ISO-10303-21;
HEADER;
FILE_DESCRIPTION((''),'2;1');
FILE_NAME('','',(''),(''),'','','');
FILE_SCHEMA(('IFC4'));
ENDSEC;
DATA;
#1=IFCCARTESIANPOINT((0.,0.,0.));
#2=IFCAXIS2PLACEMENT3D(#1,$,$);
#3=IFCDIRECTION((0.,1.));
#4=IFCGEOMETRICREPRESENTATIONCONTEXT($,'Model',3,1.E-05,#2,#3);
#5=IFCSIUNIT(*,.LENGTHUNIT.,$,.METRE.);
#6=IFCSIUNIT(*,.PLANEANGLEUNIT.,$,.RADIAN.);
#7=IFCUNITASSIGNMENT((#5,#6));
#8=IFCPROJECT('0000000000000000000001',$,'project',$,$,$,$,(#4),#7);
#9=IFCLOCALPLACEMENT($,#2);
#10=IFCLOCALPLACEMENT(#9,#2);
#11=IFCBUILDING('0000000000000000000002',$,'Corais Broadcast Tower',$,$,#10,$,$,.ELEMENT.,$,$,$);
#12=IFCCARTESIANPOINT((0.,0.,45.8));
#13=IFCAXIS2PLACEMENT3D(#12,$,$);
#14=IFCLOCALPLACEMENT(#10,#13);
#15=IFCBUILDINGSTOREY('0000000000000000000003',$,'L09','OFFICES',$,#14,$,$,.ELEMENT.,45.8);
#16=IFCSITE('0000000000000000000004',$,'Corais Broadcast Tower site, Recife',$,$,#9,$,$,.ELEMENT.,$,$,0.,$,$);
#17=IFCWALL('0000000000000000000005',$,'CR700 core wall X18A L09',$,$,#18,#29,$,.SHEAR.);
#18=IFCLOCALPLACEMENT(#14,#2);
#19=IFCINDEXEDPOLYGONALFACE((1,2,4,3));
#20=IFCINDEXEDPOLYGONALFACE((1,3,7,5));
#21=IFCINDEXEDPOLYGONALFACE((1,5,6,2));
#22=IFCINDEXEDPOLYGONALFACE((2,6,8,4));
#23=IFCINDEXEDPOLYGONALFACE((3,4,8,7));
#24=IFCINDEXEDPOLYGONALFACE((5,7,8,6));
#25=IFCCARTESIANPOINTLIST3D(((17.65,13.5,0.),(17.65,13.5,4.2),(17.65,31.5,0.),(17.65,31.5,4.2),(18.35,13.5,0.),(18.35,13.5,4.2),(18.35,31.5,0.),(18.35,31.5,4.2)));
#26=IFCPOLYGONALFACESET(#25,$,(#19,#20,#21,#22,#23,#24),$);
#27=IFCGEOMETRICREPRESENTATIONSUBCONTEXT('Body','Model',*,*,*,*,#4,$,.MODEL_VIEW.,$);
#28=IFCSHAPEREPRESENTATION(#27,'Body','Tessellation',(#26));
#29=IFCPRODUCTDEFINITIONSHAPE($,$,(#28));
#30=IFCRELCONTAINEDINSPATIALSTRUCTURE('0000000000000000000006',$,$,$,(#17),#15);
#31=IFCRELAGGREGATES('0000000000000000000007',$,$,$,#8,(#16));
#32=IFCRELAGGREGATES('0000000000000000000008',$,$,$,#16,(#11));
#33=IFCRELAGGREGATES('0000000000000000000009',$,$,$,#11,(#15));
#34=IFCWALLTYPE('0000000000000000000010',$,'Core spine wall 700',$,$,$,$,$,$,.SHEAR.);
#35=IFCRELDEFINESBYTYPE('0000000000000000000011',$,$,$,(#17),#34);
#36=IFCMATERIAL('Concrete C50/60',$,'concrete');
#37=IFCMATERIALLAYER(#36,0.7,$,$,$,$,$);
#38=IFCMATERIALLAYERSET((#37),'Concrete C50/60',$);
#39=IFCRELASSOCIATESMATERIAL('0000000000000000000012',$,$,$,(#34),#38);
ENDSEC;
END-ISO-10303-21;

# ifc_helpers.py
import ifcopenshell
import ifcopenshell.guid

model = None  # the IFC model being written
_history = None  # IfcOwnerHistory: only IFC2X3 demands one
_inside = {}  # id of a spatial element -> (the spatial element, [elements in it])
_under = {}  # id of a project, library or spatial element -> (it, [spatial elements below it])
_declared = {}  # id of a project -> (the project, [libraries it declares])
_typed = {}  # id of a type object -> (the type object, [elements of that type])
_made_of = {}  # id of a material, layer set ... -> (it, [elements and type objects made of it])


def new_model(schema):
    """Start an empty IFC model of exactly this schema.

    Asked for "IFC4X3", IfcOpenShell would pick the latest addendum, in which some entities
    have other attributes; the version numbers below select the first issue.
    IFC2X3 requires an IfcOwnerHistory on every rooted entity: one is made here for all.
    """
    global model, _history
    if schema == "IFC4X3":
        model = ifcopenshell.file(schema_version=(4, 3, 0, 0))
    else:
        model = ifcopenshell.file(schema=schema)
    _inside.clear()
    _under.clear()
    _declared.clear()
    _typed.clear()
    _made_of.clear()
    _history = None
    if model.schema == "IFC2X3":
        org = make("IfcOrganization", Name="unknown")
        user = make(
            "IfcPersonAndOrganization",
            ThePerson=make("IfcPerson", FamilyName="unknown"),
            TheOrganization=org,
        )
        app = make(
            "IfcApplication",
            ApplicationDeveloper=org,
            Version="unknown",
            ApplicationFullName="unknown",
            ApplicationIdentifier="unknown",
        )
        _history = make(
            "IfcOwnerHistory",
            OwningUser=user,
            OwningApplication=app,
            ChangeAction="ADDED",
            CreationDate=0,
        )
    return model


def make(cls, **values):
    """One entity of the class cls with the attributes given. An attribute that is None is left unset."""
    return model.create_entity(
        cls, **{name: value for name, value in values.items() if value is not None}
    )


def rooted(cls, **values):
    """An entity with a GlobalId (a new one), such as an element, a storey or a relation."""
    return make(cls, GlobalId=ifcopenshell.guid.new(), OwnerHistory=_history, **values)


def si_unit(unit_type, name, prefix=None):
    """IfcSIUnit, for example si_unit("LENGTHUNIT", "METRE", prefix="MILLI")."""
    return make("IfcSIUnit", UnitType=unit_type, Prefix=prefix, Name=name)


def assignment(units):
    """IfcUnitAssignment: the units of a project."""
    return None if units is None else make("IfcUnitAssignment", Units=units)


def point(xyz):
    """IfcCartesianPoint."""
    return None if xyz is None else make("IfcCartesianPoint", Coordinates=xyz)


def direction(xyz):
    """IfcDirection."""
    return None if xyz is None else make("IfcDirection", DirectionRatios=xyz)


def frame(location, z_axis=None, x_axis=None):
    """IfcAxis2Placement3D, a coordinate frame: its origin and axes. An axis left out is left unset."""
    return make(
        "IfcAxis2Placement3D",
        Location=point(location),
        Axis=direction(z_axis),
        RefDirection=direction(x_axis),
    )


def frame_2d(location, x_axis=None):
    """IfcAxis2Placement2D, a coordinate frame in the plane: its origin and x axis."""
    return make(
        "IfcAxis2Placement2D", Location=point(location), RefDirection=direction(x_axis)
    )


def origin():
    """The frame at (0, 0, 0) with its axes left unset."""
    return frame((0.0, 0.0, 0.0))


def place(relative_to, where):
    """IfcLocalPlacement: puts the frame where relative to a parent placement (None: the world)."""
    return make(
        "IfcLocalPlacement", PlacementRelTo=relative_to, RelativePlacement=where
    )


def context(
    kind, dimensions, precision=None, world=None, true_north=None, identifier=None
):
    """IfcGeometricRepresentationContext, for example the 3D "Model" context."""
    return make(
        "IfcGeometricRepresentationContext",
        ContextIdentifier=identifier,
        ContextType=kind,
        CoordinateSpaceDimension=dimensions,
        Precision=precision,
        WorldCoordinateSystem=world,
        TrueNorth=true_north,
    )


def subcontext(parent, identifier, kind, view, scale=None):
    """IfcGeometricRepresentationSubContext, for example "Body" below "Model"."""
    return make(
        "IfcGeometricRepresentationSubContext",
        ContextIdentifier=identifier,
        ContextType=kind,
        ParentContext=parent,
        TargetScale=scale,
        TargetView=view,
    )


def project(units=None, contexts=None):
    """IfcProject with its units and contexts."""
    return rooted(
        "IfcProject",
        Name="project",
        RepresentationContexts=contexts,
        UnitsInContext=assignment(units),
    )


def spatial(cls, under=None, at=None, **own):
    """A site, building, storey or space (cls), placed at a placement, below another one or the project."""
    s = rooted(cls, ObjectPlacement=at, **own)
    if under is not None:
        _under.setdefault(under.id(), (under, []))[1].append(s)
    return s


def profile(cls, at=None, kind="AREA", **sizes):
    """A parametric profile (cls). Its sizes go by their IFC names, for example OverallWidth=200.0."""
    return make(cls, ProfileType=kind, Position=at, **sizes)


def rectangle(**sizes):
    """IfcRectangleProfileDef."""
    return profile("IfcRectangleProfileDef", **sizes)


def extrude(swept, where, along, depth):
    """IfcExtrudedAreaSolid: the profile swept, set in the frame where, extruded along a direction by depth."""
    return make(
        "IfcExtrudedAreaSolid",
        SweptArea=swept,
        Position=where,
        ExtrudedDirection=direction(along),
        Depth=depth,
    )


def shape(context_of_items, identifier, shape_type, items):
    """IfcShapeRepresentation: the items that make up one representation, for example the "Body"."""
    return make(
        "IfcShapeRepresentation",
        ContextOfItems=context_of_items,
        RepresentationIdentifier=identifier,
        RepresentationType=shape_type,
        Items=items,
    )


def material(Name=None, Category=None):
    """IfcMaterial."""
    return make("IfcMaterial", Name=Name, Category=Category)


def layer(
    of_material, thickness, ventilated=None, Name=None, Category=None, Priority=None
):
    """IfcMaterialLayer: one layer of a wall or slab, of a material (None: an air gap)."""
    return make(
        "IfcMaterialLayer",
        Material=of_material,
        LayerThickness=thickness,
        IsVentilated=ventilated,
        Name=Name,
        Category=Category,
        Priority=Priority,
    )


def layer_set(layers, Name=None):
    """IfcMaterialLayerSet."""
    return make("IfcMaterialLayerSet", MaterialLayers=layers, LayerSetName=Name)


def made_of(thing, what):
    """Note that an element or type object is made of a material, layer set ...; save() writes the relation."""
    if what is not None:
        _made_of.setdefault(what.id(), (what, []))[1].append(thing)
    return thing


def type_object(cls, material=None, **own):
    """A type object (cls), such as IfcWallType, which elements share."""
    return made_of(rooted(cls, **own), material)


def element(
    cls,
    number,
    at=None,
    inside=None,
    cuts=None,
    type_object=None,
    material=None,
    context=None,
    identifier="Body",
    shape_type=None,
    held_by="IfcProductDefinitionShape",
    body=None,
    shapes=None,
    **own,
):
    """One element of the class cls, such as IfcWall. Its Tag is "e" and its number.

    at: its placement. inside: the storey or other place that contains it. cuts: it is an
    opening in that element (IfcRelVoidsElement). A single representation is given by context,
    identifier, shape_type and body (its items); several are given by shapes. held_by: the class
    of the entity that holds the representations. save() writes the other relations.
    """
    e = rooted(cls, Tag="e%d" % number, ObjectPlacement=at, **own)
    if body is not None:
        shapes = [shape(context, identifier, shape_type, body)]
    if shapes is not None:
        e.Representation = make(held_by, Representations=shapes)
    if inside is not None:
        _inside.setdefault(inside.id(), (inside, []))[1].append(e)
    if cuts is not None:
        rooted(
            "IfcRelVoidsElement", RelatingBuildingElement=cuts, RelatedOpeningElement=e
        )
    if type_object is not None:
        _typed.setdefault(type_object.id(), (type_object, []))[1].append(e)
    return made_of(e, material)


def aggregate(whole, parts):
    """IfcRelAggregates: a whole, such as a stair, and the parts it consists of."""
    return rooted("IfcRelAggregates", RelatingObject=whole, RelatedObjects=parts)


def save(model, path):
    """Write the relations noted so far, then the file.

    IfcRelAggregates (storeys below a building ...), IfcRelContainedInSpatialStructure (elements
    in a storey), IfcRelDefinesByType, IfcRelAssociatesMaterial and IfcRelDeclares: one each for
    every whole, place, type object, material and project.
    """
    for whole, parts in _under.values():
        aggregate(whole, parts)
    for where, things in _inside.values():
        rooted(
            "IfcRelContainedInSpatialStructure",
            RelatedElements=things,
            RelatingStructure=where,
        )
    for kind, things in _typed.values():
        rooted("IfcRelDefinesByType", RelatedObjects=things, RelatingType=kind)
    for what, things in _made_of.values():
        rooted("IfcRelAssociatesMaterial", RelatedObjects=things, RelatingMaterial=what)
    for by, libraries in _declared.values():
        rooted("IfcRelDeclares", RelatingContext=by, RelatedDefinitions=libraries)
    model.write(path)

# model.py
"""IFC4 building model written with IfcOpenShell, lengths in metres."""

from ifc_helpers import new_model, si_unit, direction, frame, frame_2d, origin, place, context, subcontext, project, spatial, rectangle, extrude, material, layer, layer_set, type_object, element, save


model = new_model("IFC4")

# Units and contexts
model_context = context("Model", 3, precision=1e-05, world=origin(), true_north=direction((0.0, 1.0)))
body_context = subcontext(model_context, "Body", "Model", "MODEL_VIEW")
ifc_project = project(units=[si_unit("LENGTHUNIT", "METRE"), si_unit("PLANEANGLEUNIT", "RADIAN")], contexts=[model_context])

# Site, building, storey
site_placement = place(None, origin())
site = spatial("IfcSite", under=ifc_project, at=site_placement, Name="Corais Broadcast Tower site, Recife", CompositionType="ELEMENT", RefElevation=0.0)
building_placement = place(site_placement, origin())
building = spatial("IfcBuilding", under=site, at=building_placement, Name="Corais Broadcast Tower", CompositionType="ELEMENT")
storey_placement = place(building_placement, frame((0.0, 0.0, 45.8)))
storey = spatial("IfcBuildingStorey", under=building, at=storey_placement, Name="L09", Description="OFFICES", CompositionType="ELEMENT", Elevation=45.8)

# Wall
ifc_material_1 = material(Name="Concrete C50/60", Category="concrete")
ifc_layer_1 = layer(ifc_material_1, 0.7)
ifc_layer_set_1 = layer_set([ifc_layer_1], Name="Concrete C50/60")
wall_type_1 = type_object("IfcWallType", Name="Core spine wall 700", PredefinedType="SHEAR", material=ifc_layer_set_1)
wall_1_placement = place(storey_placement, frame((18.0, 13.5, 0.0), z_axis=(0.0, 0.0, 1.0), x_axis=(0.0, 1.0, 0.0)))
element("IfcWall", 1, at=wall_1_placement, inside=storey, type_object=wall_type_1, Name="CR700 core wall X18A L09", PredefinedType="SHEAR", context=body_context, shape_type="SweptSolid", body=[
    extrude(rectangle(XDim=18.0, YDim=0.7, at=frame_2d((9.0, 0.0))), origin(), (0.0, 0.0, 1.0), 4.2),
])

save(model, "model.ifc")
